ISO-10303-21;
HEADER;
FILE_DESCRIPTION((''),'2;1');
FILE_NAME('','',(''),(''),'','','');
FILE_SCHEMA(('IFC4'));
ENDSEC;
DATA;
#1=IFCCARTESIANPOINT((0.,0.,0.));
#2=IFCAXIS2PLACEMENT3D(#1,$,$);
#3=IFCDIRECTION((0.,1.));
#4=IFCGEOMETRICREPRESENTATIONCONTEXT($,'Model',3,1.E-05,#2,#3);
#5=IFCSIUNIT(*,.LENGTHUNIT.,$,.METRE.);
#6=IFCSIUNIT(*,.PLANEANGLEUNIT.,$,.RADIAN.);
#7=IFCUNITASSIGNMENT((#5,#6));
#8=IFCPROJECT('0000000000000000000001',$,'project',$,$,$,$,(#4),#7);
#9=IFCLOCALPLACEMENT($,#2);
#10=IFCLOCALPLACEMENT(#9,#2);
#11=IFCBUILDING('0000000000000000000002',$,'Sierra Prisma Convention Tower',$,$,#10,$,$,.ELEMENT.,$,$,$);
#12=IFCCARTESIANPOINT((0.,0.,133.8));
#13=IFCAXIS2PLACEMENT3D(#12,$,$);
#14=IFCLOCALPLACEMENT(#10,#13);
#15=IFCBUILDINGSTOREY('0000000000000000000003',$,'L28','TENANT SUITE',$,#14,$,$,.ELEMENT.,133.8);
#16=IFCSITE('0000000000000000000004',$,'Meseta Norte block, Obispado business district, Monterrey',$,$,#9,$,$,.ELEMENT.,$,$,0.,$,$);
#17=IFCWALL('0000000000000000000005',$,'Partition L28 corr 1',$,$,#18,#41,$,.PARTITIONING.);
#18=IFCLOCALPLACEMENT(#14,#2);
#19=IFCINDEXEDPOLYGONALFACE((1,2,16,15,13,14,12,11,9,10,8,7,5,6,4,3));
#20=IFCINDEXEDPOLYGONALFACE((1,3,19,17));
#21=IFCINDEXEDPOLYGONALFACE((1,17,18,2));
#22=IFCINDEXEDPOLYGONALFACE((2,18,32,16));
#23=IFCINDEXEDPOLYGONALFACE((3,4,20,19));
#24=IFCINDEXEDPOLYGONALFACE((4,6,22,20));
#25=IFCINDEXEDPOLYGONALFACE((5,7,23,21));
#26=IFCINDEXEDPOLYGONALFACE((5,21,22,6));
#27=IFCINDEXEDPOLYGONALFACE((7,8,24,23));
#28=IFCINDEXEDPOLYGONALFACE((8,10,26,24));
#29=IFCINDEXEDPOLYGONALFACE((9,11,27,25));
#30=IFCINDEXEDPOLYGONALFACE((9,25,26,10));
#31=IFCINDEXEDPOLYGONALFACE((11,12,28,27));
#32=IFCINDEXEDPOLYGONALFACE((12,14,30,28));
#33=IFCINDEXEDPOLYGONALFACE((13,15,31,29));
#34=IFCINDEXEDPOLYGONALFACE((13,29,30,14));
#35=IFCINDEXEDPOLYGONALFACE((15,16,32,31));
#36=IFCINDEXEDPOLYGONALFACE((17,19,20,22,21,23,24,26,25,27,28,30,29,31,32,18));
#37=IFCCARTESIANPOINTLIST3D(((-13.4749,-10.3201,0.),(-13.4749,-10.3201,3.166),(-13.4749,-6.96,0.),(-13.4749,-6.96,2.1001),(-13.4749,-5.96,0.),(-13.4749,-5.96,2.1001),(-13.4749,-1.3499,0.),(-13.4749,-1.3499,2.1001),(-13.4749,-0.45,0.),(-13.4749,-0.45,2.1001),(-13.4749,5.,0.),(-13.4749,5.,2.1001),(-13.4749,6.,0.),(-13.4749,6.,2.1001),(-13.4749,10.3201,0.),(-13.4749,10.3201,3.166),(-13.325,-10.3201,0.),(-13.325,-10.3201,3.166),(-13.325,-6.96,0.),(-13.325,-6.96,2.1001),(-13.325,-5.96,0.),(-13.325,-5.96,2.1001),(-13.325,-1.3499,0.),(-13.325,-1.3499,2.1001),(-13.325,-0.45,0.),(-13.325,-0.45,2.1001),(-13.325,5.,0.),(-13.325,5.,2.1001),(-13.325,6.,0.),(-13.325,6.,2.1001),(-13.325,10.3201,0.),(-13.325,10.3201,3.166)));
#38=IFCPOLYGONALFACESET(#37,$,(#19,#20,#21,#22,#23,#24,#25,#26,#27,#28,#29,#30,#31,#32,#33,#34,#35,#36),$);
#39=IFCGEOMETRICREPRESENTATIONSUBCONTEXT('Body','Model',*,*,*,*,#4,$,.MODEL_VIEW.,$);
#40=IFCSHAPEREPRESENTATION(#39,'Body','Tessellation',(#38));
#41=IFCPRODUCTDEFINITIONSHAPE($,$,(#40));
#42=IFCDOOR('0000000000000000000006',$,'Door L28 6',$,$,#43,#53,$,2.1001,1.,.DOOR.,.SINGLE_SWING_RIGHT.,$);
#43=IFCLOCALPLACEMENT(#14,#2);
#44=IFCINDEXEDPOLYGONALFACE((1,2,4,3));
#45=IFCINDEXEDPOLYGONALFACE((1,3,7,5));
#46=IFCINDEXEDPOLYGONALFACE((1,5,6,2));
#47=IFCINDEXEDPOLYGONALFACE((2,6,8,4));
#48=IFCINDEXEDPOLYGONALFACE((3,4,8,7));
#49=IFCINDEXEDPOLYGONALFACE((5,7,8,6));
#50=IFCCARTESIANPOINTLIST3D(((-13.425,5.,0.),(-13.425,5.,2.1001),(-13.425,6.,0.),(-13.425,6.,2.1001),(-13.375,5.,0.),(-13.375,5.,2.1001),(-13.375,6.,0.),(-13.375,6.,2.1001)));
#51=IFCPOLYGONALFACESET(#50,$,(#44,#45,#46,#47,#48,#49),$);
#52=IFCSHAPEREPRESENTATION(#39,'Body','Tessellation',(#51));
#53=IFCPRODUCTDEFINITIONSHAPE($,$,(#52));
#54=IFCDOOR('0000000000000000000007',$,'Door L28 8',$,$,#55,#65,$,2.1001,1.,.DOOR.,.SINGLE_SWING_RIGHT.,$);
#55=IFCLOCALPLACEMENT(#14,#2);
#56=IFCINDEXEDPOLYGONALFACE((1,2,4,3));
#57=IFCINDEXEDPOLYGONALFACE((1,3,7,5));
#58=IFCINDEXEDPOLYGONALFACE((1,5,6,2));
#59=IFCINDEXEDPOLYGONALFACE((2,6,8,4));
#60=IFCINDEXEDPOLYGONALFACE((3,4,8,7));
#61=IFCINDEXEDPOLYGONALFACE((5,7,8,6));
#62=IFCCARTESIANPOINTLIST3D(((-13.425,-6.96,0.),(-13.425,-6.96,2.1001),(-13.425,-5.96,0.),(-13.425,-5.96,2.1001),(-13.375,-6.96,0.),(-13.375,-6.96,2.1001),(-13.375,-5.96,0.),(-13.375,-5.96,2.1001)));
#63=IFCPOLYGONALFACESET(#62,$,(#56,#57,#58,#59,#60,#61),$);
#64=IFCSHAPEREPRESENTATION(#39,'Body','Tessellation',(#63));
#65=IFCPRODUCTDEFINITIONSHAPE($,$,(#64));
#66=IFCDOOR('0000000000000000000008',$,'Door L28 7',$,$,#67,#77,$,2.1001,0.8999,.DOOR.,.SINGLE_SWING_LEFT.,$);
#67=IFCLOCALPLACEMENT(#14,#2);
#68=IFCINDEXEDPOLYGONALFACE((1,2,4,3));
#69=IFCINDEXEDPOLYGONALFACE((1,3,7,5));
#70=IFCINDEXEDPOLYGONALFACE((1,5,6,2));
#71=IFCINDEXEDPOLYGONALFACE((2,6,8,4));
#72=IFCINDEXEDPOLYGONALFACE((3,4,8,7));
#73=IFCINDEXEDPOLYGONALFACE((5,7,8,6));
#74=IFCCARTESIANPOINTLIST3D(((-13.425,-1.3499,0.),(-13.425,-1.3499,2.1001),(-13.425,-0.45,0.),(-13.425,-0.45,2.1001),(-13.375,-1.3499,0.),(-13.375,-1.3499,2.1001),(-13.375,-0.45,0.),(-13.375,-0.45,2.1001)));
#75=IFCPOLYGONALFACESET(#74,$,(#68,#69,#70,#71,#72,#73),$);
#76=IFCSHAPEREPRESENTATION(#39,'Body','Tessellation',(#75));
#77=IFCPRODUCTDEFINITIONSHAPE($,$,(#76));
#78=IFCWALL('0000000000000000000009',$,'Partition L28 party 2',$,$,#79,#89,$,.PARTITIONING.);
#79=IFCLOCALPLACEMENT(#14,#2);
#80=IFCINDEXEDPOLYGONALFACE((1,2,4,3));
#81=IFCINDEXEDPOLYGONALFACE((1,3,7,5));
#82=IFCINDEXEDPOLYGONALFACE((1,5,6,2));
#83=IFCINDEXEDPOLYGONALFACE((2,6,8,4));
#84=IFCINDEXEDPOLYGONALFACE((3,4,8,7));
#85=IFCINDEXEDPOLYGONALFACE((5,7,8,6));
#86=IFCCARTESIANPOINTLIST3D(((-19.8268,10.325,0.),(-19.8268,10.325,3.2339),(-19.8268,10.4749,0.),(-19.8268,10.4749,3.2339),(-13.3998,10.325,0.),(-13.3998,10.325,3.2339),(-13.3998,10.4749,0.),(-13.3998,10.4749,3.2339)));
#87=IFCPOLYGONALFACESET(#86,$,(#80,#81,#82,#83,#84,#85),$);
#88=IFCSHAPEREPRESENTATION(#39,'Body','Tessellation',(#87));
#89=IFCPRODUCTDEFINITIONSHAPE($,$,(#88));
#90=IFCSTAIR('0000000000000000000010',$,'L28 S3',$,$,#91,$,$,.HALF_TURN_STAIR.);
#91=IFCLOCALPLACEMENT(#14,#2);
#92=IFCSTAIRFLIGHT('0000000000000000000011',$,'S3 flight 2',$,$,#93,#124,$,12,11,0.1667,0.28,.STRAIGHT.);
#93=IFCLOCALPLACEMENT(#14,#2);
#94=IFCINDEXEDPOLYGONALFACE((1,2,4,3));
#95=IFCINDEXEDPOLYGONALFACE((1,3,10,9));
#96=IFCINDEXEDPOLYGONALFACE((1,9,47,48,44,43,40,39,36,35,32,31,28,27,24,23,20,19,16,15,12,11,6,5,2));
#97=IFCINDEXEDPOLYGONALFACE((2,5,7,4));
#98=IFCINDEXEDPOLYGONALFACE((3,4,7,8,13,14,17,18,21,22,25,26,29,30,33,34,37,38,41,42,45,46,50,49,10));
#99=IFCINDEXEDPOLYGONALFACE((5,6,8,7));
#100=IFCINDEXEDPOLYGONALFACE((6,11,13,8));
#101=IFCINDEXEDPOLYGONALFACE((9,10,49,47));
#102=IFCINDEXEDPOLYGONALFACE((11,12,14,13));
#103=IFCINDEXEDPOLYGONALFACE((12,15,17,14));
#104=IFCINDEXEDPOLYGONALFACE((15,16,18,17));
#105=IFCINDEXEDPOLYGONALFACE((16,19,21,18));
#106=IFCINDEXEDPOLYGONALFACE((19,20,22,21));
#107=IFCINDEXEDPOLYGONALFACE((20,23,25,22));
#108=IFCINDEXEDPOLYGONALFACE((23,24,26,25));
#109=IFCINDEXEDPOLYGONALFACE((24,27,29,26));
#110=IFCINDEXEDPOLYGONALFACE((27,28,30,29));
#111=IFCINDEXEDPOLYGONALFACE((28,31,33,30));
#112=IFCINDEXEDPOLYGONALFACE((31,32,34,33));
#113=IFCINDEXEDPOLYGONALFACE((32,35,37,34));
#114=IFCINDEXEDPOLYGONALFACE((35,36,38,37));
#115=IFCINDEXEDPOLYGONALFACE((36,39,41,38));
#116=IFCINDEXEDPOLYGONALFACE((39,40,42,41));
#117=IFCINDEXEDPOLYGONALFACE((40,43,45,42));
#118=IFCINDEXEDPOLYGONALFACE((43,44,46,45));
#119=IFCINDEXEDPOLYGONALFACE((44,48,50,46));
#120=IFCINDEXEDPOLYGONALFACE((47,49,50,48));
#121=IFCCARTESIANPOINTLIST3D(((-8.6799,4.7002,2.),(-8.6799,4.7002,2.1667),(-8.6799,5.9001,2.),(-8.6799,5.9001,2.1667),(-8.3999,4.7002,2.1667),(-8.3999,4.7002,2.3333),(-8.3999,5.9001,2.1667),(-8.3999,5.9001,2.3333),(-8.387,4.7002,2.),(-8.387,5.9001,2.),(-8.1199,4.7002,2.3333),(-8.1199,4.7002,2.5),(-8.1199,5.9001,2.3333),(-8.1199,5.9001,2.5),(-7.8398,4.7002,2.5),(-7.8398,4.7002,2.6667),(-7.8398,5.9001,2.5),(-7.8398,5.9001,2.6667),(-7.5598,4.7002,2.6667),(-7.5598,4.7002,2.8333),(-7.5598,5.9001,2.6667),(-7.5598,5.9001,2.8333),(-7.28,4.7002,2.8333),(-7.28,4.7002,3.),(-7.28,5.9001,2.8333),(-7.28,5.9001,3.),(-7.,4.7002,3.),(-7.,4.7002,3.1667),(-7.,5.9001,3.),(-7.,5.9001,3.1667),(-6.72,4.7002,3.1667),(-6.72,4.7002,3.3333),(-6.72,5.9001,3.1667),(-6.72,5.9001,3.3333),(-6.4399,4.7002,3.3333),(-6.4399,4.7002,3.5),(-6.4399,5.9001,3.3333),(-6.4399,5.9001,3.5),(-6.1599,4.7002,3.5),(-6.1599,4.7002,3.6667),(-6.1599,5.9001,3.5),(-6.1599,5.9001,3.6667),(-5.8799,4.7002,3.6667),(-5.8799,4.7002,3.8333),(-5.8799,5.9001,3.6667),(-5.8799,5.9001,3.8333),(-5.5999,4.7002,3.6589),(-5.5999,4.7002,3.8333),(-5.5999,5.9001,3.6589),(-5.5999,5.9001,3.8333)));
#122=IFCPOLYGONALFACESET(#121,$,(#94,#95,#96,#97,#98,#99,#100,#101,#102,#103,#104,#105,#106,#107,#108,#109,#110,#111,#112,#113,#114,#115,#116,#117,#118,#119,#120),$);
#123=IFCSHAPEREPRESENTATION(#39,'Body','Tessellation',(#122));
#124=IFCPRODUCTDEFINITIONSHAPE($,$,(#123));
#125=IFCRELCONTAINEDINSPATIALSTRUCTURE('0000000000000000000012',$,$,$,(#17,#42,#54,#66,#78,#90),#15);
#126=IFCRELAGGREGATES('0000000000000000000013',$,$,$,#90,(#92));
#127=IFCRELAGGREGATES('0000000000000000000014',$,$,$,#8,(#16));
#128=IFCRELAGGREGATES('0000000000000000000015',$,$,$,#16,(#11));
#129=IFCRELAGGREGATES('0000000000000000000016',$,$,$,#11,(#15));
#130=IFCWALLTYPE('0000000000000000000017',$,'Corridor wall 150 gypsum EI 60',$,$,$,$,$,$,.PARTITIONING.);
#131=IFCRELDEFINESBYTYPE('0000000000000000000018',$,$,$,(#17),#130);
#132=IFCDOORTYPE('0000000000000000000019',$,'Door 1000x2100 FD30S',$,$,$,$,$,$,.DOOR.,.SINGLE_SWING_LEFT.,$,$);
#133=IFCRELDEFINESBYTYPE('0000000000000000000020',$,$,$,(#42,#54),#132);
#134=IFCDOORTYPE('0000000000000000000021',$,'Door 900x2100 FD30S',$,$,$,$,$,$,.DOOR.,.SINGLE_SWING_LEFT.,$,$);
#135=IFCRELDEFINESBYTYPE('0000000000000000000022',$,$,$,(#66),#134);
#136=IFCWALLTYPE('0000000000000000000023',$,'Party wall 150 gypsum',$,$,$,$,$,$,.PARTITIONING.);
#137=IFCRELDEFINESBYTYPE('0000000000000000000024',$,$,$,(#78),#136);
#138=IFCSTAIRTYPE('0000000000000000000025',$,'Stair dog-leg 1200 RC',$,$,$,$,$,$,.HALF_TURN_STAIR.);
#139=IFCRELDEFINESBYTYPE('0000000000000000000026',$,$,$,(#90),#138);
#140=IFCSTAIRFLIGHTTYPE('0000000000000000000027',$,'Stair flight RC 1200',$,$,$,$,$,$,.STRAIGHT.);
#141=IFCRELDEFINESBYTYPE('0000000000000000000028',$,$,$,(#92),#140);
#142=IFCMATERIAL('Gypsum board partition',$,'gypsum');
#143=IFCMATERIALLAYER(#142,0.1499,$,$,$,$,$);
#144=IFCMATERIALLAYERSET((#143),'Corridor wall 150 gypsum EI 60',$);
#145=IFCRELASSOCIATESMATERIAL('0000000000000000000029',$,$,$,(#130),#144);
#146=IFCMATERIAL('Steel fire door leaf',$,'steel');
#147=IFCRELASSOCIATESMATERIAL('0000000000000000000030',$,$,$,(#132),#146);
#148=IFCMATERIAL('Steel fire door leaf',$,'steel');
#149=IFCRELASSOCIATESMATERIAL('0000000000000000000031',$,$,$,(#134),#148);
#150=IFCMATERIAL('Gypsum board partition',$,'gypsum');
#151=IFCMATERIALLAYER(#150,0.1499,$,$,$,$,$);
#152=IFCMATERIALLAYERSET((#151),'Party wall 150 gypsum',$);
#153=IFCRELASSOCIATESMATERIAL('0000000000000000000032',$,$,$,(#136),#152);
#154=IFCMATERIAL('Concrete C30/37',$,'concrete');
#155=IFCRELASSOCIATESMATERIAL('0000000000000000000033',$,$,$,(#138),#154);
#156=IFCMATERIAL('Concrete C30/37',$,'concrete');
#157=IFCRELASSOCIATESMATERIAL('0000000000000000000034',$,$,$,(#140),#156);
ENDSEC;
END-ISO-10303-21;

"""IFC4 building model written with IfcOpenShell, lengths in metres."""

from ifc_helpers import new_model, si_unit, direction, frame, frame_2d, origin, place, context, subcontext, project, spatial, polyline, rectangle, outline, extrude, material, layer, layer_set, type_object, element, fill, aggregate, save


model = new_model("IFC4")

# Units and contexts
model_context = context("Model", 3, precision=1e-05, world=origin(), true_north=direction((0.0, 1.0)))
body_context = subcontext(model_context, "Body", "Model", "MODEL_VIEW")
ifc_project = project(units=[si_unit("LENGTHUNIT", "METRE"), si_unit("PLANEANGLEUNIT", "RADIAN")], contexts=[model_context])

# Site, building, storey
site_placement = place(None, origin())
site = spatial("IfcSite", under=ifc_project, at=site_placement, Name="Meseta Norte block, Obispado business district, Monterrey", CompositionType="ELEMENT", RefElevation=0.0)
building_placement = place(site_placement, origin())
building = spatial("IfcBuilding", under=site, at=building_placement, Name="Sierra Prisma Convention Tower", CompositionType="ELEMENT")
storey_placement = place(building_placement, frame((0.0, 0.0, 133.8)))
storey = spatial("IfcBuildingStorey", under=building, at=storey_placement, Name="L28", Description="TENANT SUITE", CompositionType="ELEMENT", Elevation=133.8)

# Wall, openings, doors
ifc_material_1 = material(Name="Gypsum board partition", Category="gypsum")
ifc_layer_1 = layer(ifc_material_1, 0.1499)
ifc_layer_set_1 = layer_set([ifc_layer_1], Name="Corridor wall 150 gypsum EI 60")
wall_type_1 = type_object("IfcWallType", Name="Corridor wall 150 gypsum EI 60", PredefinedType="PARTITIONING", material=ifc_layer_set_1)
wall_1_placement = place(storey_placement, frame((-13.3999, 10.3201, 0.0), z_axis=(0.0, 0.0, 1.0), x_axis=(0.0, -1.0, 0.0)))
wall_1 = element("IfcWall", 1, at=wall_1_placement, inside=storey, type_object=wall_type_1, Name="Partition L28 corr 1", PredefinedType="PARTITIONING", context=body_context, shape_type="SweptSolid", body=[
    extrude(rectangle(XDim=20.6401, YDim=0.1499, at=frame_2d((10.3201, 0.0))), origin(), (0.0, 0.0, 1.0), 3.166),
])
opening_1_placement = place(wall_1_placement, frame((4.3201, 0.0, 0.0)))
opening_1 = element("IfcOpeningElement", 2, at=opening_1_placement, cuts=wall_1, PredefinedType="OPENING", context=body_context, shape_type="SweptSolid", body=[
    extrude(rectangle(XDim=1.0, YDim=2.1001, at=frame_2d((0.5, 1.05))), frame((0.0, 0.075, 0.0), z_axis=(0.0, -1.0, 0.0), x_axis=(1.0, 0.0, 0.0)), (0.0, 0.0, 1.0), 0.1499),
])
opening_2_placement = place(wall_1_placement, frame((10.77, 0.0, 0.0)))
opening_2 = element("IfcOpeningElement", 3, at=opening_2_placement, cuts=wall_1, PredefinedType="OPENING", context=body_context, shape_type="SweptSolid", body=[
    extrude(rectangle(XDim=0.8999, YDim=2.1001, at=frame_2d((0.45, 1.05))), frame((0.0, 0.075, 0.0), z_axis=(0.0, -1.0, 0.0), x_axis=(1.0, 0.0, 0.0)), (0.0, 0.0, 1.0), 0.1499),
])
opening_3_placement = place(wall_1_placement, frame((16.28, 0.0, 0.0)))
opening_3 = element("IfcOpeningElement", 4, at=opening_3_placement, cuts=wall_1, PredefinedType="OPENING", context=body_context, shape_type="SweptSolid", body=[
    extrude(rectangle(XDim=1.0, YDim=2.1001, at=frame_2d((0.5, 1.05))), frame((0.0, 0.075, 0.0), z_axis=(0.0, -1.0, 0.0), x_axis=(1.0, 0.0, 0.0)), (0.0, 0.0, 1.0), 0.1499),
])
ifc_material_2 = material(Name="Steel fire door leaf", Category="steel")
door_type_1 = type_object("IfcDoorType", Name="Door 1000x2100 FD30S", OperationType="SINGLE_SWING_LEFT", PredefinedType="DOOR", material=ifc_material_2)
door_1_placement = place(opening_1_placement, origin())
door_1 = element("IfcDoor", 5, at=door_1_placement, inside=storey, type_object=door_type_1, Name="Door L28 6", OperationType="SINGLE_SWING_RIGHT", OverallHeight=2.1001, OverallWidth=1.0, PredefinedType="DOOR", context=body_context, shape_type="SweptSolid", body=[
    extrude(rectangle(XDim=1.0, YDim=2.1001, at=frame_2d((0.5, 1.05))), frame((0.0, 0.0249, 0.0), z_axis=(0.0, -1.0, 0.0), x_axis=(1.0, 0.0, 0.0)), (0.0, 0.0, 1.0), 0.05),
])
fill(opening_1, door_1)
door_2_placement = place(opening_3_placement, origin())
door_2 = element("IfcDoor", 6, at=door_2_placement, inside=storey, type_object=door_type_1, Name="Door L28 8", OperationType="SINGLE_SWING_RIGHT", OverallHeight=2.1001, OverallWidth=1.0, PredefinedType="DOOR", context=body_context, shape_type="SweptSolid", body=[
    extrude(rectangle(XDim=1.0, YDim=2.1001, at=frame_2d((0.5, 1.05))), frame((0.0, 0.0249, 0.0), z_axis=(0.0, -1.0, 0.0), x_axis=(1.0, 0.0, 0.0)), (0.0, 0.0, 1.0), 0.05),
])
fill(opening_3, door_2)
ifc_material_3 = material(Name="Steel fire door leaf", Category="steel")
door_type_2 = type_object("IfcDoorType", Name="Door 900x2100 FD30S", OperationType="SINGLE_SWING_LEFT", PredefinedType="DOOR", material=ifc_material_3)
door_3_placement = place(opening_2_placement, origin())
door_3 = element("IfcDoor", 7, at=door_3_placement, inside=storey, type_object=door_type_2, Name="Door L28 7", OperationType="SINGLE_SWING_LEFT", OverallHeight=2.1001, OverallWidth=0.8999, PredefinedType="DOOR", context=body_context, shape_type="SweptSolid", body=[
    extrude(rectangle(XDim=0.8999, YDim=2.1001, at=frame_2d((0.45, 1.05))), frame((0.0, 0.0249, 0.0), z_axis=(0.0, -1.0, 0.0), x_axis=(1.0, 0.0, 0.0)), (0.0, 0.0, 1.0), 0.05),
])
fill(opening_2, door_3)

# Wall
ifc_material_4 = material(Name="Gypsum board partition", Category="gypsum")
ifc_layer_2 = layer(ifc_material_4, 0.1499)
ifc_layer_set_2 = layer_set([ifc_layer_2], Name="Party wall 150 gypsum")
wall_type_2 = type_object("IfcWallType", Name="Party wall 150 gypsum", PredefinedType="PARTITIONING", material=ifc_layer_set_2)
wall_2_placement = place(storey_placement, frame((-13.3999, 10.3999, 0.0), z_axis=(0.0, 0.0, 1.0), x_axis=(-1.0, 0.0, 0.0)))
element("IfcWall", 8, at=wall_2_placement, inside=storey, type_object=wall_type_2, Name="Partition L28 party 2", PredefinedType="PARTITIONING", context=body_context, shape_type="SweptSolid", body=[
    extrude(rectangle(XDim=6.427, YDim=0.1499, at=frame_2d((3.2134, 0.0))), origin(), (0.0, 0.0, 1.0), 3.2339),
])

# Stair, stair flight
ifc_material_5 = material(Name="Concrete C30/37", Category="concrete")
stair_type = type_object("IfcStairType", Name="Stair dog-leg 1200 RC", PredefinedType="HALF_TURN_STAIR", material=ifc_material_5)
stair_placement = place(storey_placement, origin())
stair = element("IfcStair", 9, at=stair_placement, inside=storey, type_object=stair_type, Name="L28 S3", PredefinedType="HALF_TURN_STAIR")
ifc_material_6 = material(Name="Concrete C30/37", Category="concrete")
stair_flight_type = type_object("IfcStairFlightType", Name="Stair flight RC 1200", PredefinedType="STRAIGHT", material=ifc_material_6)
stair_flight_placement = place(storey_placement, frame((-8.6799, 5.3, 2.0), z_axis=(0.0, 0.0, 1.0), x_axis=(1.0, 0.0, 0.0)))
stair_flight = element("IfcStairFlight", 10, at=stair_flight_placement, type_object=stair_flight_type, Name="S3 flight 2", NumberOfRisers=12, NumberOfTreads=11, PredefinedType="STRAIGHT", RiserHeight=0.1667, TreadLength=0.28, context=body_context, shape_type="SweptSolid", body=[
    extrude(outline(polyline([(0.0, 0.0), (0.0, 0.1667), (0.28, 0.1667), (0.28, 0.3333), (0.5601, 0.3333), (0.5601, 0.5), (0.8401, 0.5), (0.8401, 0.6667), (1.1201, 0.6667), (1.1201, 0.8333), (1.3999, 0.8333), (1.3999, 1.0), (1.6799, 1.0), (1.6799, 1.1667), (1.96, 1.1667), (1.96, 1.3333), (2.24, 1.3333), (2.24, 1.5), (2.52, 1.5), (2.52, 1.6667), (2.8, 1.6667), (2.8, 1.8333), (3.0801, 1.8333), (3.0801, 2.0), (3.0801, 1.6589), (0.293, 0.0), (0.0, 0.0)])), frame((0.0, 0.6001, 0.0), z_axis=(0.0, -1.0, 0.0), x_axis=(1.0, 0.0, 0.0)), (0.0, 0.0, 1.0), 1.2),
])
aggregate(stair, [stair_flight])

save(model, "model.ifc")
